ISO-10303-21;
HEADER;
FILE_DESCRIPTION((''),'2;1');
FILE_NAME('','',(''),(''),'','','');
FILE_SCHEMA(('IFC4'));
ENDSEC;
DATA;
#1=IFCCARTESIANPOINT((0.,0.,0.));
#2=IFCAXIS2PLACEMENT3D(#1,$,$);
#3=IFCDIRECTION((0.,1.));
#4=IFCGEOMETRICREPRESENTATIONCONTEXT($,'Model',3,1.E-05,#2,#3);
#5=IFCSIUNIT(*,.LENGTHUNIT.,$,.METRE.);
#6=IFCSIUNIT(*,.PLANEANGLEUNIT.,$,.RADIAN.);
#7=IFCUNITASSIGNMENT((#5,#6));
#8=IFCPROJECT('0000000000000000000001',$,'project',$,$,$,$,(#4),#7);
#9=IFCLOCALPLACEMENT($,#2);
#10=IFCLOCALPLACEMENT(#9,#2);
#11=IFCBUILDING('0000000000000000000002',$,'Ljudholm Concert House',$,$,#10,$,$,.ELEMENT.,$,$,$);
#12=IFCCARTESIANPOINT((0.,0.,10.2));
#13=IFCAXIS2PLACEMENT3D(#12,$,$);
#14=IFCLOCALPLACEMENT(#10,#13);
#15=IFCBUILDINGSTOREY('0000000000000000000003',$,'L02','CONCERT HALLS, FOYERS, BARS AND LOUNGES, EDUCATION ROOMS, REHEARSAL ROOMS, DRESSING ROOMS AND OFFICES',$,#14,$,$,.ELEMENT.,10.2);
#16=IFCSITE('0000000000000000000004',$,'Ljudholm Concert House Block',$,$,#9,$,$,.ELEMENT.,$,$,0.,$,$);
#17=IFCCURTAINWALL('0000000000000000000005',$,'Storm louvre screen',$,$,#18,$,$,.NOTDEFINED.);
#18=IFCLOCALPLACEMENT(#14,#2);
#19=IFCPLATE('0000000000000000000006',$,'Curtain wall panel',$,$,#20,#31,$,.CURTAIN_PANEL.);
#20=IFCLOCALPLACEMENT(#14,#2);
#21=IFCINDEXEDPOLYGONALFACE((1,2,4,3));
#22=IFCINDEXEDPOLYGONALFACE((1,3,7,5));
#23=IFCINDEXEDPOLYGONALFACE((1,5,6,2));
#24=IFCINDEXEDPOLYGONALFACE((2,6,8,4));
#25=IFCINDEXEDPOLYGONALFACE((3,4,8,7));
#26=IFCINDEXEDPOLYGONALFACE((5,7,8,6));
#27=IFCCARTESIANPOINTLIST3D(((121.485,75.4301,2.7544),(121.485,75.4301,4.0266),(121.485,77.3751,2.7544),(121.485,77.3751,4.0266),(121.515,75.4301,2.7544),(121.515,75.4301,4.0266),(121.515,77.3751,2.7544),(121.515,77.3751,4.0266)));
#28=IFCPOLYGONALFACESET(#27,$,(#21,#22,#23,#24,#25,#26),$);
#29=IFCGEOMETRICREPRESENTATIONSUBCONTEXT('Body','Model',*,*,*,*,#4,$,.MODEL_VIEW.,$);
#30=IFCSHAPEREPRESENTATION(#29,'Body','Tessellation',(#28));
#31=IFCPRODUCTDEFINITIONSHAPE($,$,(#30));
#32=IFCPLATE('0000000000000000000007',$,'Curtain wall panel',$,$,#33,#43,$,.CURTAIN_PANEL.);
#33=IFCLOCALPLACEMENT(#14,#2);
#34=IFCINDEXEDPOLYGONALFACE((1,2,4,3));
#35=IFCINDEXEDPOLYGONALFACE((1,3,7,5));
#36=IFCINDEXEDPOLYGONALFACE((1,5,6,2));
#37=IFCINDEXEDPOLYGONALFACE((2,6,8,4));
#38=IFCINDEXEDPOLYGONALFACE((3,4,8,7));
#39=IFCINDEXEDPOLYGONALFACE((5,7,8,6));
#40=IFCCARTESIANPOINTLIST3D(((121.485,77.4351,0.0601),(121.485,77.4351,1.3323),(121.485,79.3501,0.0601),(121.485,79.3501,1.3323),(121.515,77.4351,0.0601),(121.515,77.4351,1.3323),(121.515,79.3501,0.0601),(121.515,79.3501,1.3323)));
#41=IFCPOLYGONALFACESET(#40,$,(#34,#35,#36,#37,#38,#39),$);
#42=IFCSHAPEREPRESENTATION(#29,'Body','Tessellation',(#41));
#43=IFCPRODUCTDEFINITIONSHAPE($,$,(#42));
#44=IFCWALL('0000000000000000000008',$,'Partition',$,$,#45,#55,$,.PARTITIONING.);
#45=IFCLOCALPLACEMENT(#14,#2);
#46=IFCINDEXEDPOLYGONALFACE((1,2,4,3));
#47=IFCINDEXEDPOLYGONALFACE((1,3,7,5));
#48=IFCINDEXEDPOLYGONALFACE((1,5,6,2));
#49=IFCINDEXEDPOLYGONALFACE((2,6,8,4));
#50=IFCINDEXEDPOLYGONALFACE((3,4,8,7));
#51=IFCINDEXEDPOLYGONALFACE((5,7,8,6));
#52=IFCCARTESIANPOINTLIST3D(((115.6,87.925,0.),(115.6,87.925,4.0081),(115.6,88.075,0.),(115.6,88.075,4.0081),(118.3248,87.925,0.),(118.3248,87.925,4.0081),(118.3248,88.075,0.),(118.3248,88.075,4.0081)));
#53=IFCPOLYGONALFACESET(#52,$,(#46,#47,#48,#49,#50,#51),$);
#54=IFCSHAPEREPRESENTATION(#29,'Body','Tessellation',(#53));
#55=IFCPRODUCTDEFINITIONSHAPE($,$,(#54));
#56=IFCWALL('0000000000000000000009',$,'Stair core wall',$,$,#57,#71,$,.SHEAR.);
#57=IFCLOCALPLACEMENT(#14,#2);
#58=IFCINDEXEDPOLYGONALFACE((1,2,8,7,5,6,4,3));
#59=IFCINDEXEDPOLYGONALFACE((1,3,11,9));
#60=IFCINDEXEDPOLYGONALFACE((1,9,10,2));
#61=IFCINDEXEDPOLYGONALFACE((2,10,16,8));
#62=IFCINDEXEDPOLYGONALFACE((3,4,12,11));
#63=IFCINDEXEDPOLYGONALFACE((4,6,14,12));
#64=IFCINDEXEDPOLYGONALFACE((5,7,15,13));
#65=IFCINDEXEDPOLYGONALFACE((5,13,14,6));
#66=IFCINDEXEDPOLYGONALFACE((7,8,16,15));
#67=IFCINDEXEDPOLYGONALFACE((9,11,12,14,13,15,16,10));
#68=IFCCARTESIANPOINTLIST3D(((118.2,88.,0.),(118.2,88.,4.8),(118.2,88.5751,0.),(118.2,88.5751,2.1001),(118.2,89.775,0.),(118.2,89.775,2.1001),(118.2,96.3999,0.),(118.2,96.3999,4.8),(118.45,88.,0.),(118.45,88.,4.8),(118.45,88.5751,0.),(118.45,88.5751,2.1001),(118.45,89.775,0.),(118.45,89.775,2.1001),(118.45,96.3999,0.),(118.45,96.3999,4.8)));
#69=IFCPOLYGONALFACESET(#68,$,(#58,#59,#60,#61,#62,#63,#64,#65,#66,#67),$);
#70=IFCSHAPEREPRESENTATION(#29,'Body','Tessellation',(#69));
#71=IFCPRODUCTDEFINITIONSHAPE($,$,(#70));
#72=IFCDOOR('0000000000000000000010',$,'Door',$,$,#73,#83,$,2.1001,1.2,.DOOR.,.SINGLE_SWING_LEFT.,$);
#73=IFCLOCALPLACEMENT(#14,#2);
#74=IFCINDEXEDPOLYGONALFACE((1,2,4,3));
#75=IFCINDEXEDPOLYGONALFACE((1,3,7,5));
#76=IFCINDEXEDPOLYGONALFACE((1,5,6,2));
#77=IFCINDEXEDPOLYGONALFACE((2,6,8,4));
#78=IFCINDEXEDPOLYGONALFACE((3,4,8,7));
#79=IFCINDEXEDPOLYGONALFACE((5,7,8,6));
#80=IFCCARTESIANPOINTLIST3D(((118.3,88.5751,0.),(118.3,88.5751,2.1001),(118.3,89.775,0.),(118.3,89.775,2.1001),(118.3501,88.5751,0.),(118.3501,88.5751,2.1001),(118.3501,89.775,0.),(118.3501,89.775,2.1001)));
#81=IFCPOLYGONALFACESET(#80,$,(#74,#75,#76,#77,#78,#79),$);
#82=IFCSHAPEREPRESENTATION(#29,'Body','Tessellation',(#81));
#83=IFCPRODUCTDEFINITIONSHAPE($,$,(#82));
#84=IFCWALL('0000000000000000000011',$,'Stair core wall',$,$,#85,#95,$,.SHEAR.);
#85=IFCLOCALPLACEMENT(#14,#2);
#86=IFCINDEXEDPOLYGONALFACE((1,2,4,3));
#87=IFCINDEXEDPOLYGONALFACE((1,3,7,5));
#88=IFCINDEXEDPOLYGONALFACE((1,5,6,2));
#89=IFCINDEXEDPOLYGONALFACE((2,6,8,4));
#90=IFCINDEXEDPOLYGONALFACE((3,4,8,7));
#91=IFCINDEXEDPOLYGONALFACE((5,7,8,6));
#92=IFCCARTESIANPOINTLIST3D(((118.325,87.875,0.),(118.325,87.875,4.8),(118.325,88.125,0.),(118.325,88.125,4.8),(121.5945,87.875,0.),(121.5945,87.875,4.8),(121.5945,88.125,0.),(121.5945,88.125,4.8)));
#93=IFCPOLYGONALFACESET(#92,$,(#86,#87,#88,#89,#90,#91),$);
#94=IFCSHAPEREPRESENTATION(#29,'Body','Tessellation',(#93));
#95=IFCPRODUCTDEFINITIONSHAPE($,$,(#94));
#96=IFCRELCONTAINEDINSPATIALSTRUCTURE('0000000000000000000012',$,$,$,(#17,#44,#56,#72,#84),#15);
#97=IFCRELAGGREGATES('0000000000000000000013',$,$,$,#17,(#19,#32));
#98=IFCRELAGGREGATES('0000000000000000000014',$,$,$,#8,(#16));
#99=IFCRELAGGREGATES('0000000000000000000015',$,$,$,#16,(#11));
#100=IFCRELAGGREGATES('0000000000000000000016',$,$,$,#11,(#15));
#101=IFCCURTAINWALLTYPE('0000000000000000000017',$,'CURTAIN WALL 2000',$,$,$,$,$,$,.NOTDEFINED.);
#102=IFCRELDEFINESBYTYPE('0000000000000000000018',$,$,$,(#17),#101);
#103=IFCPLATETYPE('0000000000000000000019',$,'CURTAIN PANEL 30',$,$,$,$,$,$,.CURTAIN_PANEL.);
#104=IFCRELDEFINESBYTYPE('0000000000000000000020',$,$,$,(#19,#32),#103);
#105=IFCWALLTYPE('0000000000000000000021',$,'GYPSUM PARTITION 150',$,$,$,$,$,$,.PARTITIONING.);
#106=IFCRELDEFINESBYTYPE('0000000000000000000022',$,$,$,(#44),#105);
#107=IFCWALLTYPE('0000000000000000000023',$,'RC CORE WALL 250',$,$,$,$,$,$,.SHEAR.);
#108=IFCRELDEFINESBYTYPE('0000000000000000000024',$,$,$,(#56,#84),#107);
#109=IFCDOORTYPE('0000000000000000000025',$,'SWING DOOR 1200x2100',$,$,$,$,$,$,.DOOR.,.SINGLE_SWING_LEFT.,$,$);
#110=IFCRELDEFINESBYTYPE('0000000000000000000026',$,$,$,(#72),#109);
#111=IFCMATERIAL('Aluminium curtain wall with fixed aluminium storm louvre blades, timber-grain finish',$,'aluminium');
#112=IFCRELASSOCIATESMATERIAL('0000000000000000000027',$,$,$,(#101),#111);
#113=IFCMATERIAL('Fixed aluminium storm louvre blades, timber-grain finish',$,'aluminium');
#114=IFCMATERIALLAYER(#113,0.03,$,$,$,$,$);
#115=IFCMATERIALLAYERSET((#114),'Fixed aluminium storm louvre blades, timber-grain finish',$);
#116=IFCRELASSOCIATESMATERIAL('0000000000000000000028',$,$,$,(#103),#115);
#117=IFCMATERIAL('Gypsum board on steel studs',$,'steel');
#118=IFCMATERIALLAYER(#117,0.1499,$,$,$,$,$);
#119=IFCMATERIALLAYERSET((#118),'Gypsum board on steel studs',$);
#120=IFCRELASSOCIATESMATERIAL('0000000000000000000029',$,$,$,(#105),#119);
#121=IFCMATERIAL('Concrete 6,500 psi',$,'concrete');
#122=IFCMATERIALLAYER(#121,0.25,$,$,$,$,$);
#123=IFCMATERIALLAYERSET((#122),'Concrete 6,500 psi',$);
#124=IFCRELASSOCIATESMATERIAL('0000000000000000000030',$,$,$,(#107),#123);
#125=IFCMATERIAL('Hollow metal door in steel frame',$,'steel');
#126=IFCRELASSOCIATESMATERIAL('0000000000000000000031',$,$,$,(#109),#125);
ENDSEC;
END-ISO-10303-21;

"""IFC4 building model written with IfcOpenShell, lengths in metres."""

from ifc_helpers import new_model, si_unit, direction, frame, frame_2d, origin, origin_2d, place, context, subcontext, project, spatial, rectangle, extrude, material, layer, layer_set, type_object, element, fill, aggregate, save


model = new_model("IFC4")

# Units and contexts
model_context = context("Model", 3, precision=1e-05, world=origin(), true_north=direction((0.0, 1.0)))
body_context = subcontext(model_context, "Body", "Model", "MODEL_VIEW")
ifc_project = project(units=[si_unit("LENGTHUNIT", "METRE"), si_unit("PLANEANGLEUNIT", "RADIAN")], contexts=[model_context])

# Site, building, storey
site_placement = place(None, origin())
site = spatial("IfcSite", under=ifc_project, at=site_placement, Name="Ljudholm Concert House Block", CompositionType="ELEMENT", RefElevation=0.0)
building_placement = place(site_placement, origin())
building = spatial("IfcBuilding", under=site, at=building_placement, Name="Ljudholm Concert House", CompositionType="ELEMENT")
storey_placement = place(building_placement, frame((0.0, 0.0, 10.2)))
storey = spatial("IfcBuildingStorey", under=building, at=storey_placement, Name="L02", Description="CONCERT HALLS, FOYERS, BARS AND LOUNGES, EDUCATION ROOMS, REHEARSAL ROOMS, DRESSING ROOMS AND OFFICES", CompositionType="ELEMENT", Elevation=10.2)

# Curtain wall
ifc_material_1 = material(Name="Aluminium curtain wall with fixed aluminium storm louvre blades, timber-grain finish", Category="aluminium")
curtain_wall_type = type_object("IfcCurtainWallType", Name="CURTAIN WALL 2000", PredefinedType="NOTDEFINED", material=ifc_material_1)
curtain_wall_placement = place(storey_placement, origin())
curtain_wall = element("IfcCurtainWall", 1, at=curtain_wall_placement, inside=storey, type_object=curtain_wall_type, Name="Storm louvre screen", PredefinedType="NOTDEFINED")

# Plates
ifc_material_2 = material(Name="Fixed aluminium storm louvre blades, timber-grain finish", Category="aluminium")
ifc_layer_1 = layer(ifc_material_2, 0.03)
ifc_layer_set_1 = layer_set([ifc_layer_1], Name="Fixed aluminium storm louvre blades, timber-grain finish")
plate_type = type_object("IfcPlateType", Name="CURTAIN PANEL 30", PredefinedType="CURTAIN_PANEL", material=ifc_layer_set_1)
plate_1_placement = place(storey_placement, frame((121.5, 76.4026, 2.7544), z_axis=(0.0, 0.0, 1.0), x_axis=(0.0, 1.0, 0.0)))
plate_1 = element("IfcPlate", 2, at=plate_1_placement, type_object=plate_type, Name="Curtain wall panel", PredefinedType="CURTAIN_PANEL", context=body_context, shape_type="SweptSolid", body=[
    extrude(rectangle(XDim=1.9451, YDim=0.03, at=origin_2d()), origin(), (0.0, 0.0, 1.0), 1.2722),
])
plate_2_placement = place(storey_placement, frame((121.5, 78.3926, 0.0601), z_axis=(0.0, 0.0, 1.0), x_axis=(0.0, 1.0, 0.0)))
plate_2 = element("IfcPlate", 3, at=plate_2_placement, type_object=plate_type, Name="Curtain wall panel", PredefinedType="CURTAIN_PANEL", context=body_context, shape_type="SweptSolid", body=[
    extrude(rectangle(XDim=1.915, YDim=0.03, at=origin_2d()), origin(), (0.0, 0.0, 1.0), 1.2722),
])
aggregate(curtain_wall, [plate_1, plate_2])

# Wall
ifc_material_3 = material(Name="Gypsum board on steel studs", Category="steel")
ifc_layer_2 = layer(ifc_material_3, 0.1499)
ifc_layer_set_2 = layer_set([ifc_layer_2], Name="Gypsum board on steel studs")
wall_type_1 = type_object("IfcWallType", Name="GYPSUM PARTITION 150", PredefinedType="PARTITIONING", material=ifc_layer_set_2)
wall_1_placement = place(storey_placement, frame((115.6001, 88.0, 0.0), z_axis=(0.0, 0.0, 1.0), x_axis=(1.0, 0.0, 0.0)))
element("IfcWall", 4, at=wall_1_placement, inside=storey, type_object=wall_type_1, Name="Partition", PredefinedType="PARTITIONING", context=body_context, shape_type="SweptSolid", body=[
    extrude(rectangle(XDim=2.7249, YDim=0.1499, at=frame_2d((1.3623, 0.0))), origin(), (0.0, 0.0, 1.0), 4.0081),
])

# Wall, opening, door
ifc_material_4 = material(Name="Concrete 6,500 psi", Category="concrete")
ifc_layer_3 = layer(ifc_material_4, 0.25)
ifc_layer_set_3 = layer_set([ifc_layer_3], Name="Concrete 6,500 psi")
wall_type_2 = type_object("IfcWallType", Name="RC CORE WALL 250", PredefinedType="SHEAR", material=ifc_layer_set_3)
wall_2_placement = place(storey_placement, frame((118.325, 88.0, 0.0), z_axis=(0.0, 0.0, 1.0), x_axis=(0.0, 1.0, 0.0)))
wall_2 = element("IfcWall", 5, at=wall_2_placement, inside=storey, type_object=wall_type_2, Name="Stair core wall", PredefinedType="SHEAR", context=body_context, shape_type="SweptSolid", body=[
    extrude(rectangle(XDim=8.3999, YDim=0.25, at=frame_2d((4.2, 0.0))), origin(), (0.0, 0.0, 1.0), 4.8),
])
opening_placement = place(wall_2_placement, frame((0.575, 0.0, 0.0)))
opening = element("IfcOpeningElement", 6, at=opening_placement, cuts=wall_2, PredefinedType="OPENING", context=body_context, shape_type="SweptSolid", body=[
    extrude(rectangle(XDim=1.2, YDim=2.1001, at=frame_2d((0.6001, 1.05))), frame((0.0, 0.135, 0.0), z_axis=(0.0, -1.0, 0.0), x_axis=(1.0, 0.0, 0.0)), (0.0, 0.0, 1.0), 0.27),
])
ifc_material_5 = material(Name="Hollow metal door in steel frame", Category="steel")
door_type = type_object("IfcDoorType", Name="SWING DOOR 1200x2100", OperationType="SINGLE_SWING_LEFT", PredefinedType="DOOR", material=ifc_material_5)
door_placement = place(opening_placement, origin())
door = element("IfcDoor", 7, at=door_placement, inside=storey, type_object=door_type, Name="Door", OperationType="SINGLE_SWING_LEFT", OverallHeight=2.1001, OverallWidth=1.2, PredefinedType="DOOR", context=body_context, shape_type="SweptSolid", body=[
    extrude(rectangle(XDim=1.2, YDim=2.1001, at=frame_2d((0.6001, 1.05))), frame((0.0, 0.0249, 0.0), z_axis=(0.0, -1.0, 0.0), x_axis=(1.0, 0.0, 0.0)), (0.0, 0.0, 1.0), 0.05),
])
fill(opening, door)

# Wall
wall_3_placement = place(storey_placement, frame((118.325, 88.0, 0.0), z_axis=(0.0, 0.0, 1.0), x_axis=(1.0, 0.0, 0.0)))
element("IfcWall", 8, at=wall_3_placement, inside=storey, type_object=wall_type_2, Name="Stair core wall", PredefinedType="SHEAR", context=body_context, shape_type="SweptSolid", body=[
    extrude(rectangle(XDim=3.2695, YDim=0.25, at=frame_2d((1.6348, 0.0))), origin(), (0.0, 0.0, 1.0), 4.8),
])

save(model, "model.ifc")
